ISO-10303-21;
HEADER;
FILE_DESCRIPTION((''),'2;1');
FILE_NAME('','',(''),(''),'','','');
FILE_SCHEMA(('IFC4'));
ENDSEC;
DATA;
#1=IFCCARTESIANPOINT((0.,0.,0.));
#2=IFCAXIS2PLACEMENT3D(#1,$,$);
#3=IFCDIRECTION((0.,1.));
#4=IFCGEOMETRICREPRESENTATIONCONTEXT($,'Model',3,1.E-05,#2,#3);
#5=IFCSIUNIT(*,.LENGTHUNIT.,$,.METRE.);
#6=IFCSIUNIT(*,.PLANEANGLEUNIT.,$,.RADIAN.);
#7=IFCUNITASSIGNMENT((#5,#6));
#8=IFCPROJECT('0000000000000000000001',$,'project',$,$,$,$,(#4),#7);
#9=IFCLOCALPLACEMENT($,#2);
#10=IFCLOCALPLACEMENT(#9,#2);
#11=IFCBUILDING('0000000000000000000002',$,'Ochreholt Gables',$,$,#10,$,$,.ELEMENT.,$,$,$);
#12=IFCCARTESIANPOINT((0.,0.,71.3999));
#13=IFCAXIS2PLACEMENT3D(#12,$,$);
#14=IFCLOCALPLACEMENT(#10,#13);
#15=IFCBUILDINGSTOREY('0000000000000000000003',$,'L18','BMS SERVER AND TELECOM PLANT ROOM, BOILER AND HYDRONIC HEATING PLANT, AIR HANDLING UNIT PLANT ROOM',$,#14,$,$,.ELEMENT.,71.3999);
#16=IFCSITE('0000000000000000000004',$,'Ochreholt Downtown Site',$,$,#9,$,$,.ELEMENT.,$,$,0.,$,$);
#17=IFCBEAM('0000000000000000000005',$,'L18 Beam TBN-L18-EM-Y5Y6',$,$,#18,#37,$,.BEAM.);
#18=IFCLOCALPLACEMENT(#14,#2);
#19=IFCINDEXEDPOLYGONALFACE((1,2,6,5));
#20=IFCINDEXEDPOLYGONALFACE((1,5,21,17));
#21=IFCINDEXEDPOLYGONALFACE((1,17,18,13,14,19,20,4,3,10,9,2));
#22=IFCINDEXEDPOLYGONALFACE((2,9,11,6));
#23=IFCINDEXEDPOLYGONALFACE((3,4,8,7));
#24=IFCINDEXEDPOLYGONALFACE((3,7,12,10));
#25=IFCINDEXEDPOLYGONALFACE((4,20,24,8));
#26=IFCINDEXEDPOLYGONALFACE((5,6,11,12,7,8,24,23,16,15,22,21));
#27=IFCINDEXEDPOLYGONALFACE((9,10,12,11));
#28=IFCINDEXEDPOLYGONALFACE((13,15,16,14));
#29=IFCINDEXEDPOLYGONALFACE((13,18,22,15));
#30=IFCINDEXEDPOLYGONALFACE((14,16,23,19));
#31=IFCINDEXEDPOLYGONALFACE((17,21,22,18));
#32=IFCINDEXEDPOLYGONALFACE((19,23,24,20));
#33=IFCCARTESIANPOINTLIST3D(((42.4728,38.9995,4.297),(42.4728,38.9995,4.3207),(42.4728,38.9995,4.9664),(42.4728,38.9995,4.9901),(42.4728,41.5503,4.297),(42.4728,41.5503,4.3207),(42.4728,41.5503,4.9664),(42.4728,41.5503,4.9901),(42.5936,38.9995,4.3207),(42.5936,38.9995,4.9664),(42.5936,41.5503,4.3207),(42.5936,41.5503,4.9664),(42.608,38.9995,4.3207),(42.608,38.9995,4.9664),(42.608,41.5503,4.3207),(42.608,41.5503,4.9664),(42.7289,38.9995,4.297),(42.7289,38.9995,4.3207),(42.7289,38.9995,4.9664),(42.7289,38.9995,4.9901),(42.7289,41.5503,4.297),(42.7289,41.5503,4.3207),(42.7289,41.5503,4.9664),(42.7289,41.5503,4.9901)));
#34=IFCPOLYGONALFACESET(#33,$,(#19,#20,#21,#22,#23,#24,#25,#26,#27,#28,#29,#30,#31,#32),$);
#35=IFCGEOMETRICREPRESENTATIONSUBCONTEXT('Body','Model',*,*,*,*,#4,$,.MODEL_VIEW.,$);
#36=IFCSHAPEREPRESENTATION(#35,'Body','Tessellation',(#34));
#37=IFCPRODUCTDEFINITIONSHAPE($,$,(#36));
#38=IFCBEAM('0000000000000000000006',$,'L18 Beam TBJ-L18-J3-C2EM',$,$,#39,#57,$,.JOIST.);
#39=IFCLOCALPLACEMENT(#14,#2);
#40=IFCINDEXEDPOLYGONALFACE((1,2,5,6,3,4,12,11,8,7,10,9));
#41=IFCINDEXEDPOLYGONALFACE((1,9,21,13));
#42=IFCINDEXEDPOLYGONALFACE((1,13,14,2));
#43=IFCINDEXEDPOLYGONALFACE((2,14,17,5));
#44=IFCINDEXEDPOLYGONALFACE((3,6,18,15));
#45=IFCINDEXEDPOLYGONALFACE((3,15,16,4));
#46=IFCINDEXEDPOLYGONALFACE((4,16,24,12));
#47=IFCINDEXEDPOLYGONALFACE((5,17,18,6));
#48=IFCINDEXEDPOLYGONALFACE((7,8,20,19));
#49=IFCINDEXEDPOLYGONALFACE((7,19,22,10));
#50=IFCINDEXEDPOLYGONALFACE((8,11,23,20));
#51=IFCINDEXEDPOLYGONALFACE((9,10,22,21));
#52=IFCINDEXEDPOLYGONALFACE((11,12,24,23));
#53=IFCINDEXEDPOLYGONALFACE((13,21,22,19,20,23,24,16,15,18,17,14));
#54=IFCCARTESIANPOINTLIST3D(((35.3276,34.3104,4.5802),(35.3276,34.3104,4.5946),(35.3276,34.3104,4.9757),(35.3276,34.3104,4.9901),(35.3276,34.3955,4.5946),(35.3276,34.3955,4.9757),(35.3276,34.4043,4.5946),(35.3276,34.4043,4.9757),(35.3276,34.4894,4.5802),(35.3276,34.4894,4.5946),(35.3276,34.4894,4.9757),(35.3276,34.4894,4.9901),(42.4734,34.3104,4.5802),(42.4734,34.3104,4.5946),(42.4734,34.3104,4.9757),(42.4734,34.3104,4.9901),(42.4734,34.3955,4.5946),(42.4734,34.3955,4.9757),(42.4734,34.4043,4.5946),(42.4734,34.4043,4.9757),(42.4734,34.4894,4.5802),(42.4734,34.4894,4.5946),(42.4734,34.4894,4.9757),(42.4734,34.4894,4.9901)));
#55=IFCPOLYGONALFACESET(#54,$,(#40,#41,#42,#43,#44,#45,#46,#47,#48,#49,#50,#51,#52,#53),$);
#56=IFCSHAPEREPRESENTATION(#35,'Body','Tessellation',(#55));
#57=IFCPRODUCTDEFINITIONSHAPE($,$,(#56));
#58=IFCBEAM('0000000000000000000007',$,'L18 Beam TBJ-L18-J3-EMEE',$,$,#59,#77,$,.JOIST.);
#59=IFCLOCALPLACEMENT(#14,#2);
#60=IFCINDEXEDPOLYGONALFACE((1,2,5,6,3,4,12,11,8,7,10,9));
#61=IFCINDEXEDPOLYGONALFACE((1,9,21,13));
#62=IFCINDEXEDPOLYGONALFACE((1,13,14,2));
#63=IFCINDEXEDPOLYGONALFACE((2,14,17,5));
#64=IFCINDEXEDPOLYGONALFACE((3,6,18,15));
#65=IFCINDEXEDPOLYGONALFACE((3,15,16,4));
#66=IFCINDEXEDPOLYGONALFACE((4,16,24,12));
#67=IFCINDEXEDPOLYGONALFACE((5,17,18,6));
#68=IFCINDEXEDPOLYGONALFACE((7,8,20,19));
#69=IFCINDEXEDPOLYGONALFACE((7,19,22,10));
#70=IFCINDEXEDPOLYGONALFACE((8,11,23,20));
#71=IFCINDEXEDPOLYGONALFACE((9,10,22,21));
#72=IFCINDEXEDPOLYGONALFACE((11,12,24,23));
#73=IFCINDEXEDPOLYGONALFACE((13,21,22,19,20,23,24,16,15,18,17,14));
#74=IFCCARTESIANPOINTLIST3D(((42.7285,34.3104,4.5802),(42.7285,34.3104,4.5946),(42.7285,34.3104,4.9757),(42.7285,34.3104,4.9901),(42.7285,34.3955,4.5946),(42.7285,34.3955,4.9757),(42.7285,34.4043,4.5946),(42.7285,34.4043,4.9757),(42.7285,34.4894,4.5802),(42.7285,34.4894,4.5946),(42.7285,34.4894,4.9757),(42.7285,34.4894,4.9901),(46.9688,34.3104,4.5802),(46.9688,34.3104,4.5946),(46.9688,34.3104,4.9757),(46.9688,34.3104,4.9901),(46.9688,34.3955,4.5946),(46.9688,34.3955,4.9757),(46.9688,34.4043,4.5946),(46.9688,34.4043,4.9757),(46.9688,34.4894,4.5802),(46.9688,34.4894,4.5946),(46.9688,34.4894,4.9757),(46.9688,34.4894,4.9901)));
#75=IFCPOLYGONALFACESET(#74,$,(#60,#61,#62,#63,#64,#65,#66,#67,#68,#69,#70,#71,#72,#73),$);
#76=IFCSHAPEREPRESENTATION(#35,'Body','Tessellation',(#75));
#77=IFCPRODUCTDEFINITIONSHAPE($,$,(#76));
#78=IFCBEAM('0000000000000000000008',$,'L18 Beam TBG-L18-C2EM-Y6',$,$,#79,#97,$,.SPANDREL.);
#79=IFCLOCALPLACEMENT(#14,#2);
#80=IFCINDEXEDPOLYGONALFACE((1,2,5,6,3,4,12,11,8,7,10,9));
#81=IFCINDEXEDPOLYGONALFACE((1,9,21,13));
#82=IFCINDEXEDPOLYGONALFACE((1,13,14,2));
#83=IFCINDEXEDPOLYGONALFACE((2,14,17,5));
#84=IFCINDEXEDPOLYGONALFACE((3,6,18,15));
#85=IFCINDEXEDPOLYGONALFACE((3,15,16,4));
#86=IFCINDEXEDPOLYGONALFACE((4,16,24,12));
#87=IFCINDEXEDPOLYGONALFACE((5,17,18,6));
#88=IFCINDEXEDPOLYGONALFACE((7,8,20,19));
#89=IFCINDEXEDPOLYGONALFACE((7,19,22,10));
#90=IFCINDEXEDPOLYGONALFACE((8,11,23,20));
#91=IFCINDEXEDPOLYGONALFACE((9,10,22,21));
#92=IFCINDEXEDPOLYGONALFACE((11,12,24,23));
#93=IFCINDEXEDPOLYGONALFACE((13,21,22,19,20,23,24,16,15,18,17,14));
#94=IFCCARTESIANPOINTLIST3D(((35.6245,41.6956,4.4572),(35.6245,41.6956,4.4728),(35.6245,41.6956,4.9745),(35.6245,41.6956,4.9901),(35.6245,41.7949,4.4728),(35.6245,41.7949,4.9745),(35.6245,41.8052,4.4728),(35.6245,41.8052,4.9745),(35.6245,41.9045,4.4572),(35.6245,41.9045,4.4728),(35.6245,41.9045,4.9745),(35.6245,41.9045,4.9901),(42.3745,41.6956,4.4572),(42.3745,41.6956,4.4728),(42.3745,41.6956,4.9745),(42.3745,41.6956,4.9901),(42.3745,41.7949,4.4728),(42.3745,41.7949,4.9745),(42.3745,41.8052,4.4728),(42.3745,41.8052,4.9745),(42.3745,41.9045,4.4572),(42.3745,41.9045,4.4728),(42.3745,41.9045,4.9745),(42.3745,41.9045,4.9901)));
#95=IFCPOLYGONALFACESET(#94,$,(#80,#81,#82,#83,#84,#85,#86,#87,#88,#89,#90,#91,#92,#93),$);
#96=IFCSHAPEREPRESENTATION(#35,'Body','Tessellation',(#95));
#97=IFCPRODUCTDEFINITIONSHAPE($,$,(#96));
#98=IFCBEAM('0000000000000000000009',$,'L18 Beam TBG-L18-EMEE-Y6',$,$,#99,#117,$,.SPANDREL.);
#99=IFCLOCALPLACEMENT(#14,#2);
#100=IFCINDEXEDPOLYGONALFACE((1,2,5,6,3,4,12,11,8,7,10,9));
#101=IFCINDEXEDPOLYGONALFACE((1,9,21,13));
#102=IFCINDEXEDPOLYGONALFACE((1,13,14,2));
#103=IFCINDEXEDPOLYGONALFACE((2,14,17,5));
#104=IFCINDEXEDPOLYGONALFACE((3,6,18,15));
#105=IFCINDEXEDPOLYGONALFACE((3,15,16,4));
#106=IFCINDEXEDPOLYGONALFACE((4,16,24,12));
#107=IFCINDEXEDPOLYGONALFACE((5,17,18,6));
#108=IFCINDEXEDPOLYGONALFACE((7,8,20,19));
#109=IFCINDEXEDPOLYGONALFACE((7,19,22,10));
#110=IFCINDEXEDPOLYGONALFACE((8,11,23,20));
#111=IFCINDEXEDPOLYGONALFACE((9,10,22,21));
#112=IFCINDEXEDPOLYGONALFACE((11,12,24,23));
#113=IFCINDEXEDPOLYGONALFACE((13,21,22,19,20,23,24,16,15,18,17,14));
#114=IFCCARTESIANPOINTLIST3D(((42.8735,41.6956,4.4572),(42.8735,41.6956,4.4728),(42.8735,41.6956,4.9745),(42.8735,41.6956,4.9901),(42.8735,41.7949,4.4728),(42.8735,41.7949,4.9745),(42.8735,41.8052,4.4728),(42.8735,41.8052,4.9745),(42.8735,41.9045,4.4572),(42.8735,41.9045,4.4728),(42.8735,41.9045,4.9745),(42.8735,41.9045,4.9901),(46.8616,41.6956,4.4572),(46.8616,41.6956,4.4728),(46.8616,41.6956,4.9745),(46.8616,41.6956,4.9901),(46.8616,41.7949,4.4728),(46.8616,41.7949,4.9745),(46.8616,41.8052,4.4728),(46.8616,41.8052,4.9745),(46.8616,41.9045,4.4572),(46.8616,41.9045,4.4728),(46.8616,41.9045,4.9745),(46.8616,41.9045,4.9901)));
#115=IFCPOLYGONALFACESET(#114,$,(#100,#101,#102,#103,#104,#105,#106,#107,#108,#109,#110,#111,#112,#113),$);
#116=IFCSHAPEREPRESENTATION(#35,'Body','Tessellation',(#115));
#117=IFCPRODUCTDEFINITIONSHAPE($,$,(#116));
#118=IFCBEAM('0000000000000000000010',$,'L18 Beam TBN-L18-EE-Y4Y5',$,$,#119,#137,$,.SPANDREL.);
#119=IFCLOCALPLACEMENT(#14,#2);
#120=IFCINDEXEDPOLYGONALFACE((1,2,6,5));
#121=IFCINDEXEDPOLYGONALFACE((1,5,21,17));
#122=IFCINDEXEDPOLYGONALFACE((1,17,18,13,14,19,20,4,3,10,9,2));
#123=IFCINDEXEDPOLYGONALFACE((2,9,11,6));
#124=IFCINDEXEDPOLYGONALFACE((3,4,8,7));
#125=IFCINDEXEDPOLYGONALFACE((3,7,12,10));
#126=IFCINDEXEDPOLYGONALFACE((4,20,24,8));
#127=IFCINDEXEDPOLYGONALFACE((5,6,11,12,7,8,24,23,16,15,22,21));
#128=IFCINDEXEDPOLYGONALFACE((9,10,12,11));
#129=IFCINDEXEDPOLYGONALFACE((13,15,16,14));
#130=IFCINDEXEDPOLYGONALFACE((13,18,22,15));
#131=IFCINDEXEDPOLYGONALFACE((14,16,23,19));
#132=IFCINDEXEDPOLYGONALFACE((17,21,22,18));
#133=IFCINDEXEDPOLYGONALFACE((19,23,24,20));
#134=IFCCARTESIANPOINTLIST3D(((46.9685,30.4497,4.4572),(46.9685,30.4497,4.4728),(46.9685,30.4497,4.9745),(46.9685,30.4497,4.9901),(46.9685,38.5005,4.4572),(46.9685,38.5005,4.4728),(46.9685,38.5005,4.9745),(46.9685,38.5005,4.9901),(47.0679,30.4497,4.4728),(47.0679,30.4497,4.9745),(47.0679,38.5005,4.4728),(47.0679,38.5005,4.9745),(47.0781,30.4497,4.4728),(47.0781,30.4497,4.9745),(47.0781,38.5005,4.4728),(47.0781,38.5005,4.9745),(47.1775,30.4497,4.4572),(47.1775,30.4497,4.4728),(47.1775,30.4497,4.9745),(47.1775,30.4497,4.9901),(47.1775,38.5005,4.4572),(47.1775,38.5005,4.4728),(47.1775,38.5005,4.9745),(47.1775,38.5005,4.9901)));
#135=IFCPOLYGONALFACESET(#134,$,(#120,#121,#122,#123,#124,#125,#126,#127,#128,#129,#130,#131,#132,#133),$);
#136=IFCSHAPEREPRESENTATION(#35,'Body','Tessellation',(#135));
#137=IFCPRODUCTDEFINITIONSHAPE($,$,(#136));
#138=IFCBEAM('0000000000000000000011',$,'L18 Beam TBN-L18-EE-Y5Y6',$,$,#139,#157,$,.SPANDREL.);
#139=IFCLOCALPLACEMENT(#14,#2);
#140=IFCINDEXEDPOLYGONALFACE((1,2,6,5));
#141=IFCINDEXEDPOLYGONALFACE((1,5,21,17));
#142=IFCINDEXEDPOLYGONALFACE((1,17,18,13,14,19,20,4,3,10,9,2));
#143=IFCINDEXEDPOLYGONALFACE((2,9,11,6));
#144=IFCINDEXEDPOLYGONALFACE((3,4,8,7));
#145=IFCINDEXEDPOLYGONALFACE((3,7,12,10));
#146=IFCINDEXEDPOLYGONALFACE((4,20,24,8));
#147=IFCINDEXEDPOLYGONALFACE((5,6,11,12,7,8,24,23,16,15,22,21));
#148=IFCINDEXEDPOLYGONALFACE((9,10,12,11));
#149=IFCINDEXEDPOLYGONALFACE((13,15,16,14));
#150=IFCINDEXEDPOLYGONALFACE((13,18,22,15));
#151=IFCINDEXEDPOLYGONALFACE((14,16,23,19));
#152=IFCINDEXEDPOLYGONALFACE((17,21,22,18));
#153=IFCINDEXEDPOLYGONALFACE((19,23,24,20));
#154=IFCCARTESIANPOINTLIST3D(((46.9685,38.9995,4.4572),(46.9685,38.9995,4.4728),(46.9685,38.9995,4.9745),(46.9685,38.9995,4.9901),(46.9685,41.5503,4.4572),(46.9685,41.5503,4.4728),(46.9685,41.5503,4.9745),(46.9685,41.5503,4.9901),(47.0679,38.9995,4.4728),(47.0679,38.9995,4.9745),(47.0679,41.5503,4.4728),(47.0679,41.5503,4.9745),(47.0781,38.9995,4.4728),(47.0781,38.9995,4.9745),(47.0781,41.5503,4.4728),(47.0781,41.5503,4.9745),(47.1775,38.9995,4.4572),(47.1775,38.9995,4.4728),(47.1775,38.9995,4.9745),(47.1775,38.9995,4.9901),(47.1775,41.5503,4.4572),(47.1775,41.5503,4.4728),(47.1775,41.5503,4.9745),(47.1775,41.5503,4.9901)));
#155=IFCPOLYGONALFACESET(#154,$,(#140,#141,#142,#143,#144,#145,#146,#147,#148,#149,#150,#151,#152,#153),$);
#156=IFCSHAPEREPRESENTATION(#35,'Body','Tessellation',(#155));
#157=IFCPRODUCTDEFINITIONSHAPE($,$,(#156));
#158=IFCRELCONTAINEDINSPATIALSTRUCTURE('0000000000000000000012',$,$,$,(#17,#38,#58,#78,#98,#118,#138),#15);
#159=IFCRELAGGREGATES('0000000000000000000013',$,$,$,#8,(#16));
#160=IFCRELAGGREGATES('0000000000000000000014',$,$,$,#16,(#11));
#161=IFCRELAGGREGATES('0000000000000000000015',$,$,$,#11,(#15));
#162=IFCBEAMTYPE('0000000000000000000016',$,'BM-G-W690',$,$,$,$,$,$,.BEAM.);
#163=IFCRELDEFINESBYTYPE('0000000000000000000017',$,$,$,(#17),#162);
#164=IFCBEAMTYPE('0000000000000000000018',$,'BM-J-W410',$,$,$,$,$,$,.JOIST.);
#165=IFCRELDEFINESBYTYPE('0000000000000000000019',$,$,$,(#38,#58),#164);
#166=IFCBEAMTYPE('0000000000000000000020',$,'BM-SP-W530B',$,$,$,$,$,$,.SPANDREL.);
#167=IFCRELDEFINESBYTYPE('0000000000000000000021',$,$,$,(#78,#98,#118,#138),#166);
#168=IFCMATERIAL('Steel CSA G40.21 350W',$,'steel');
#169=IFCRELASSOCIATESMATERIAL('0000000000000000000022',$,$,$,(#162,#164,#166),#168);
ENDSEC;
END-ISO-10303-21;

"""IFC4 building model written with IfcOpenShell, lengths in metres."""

from ifc_helpers import new_model, si_unit, direction, frame, origin, origin_2d, place, context, subcontext, project, spatial, i_section, extrude, material, material_profile, profile_set, type_object, element, save


model = new_model("IFC4")

# Units and contexts
model_context = context("Model", 3, precision=1e-05, world=origin(), true_north=direction((0.0, 1.0)))
body_context = subcontext(model_context, "Body", "Model", "MODEL_VIEW")
ifc_project = project(units=[si_unit("LENGTHUNIT", "METRE"), si_unit("PLANEANGLEUNIT", "RADIAN")], contexts=[model_context])

# Site, building, storey
site_placement = place(None, origin())
site = spatial("IfcSite", under=ifc_project, at=site_placement, Name="Ochreholt Downtown Site", CompositionType="ELEMENT", RefElevation=0.0)
building_placement = place(site_placement, origin())
building = spatial("IfcBuilding", under=site, at=building_placement, Name="Ochreholt Gables", CompositionType="ELEMENT")
storey_placement = place(building_placement, frame((0.0, 0.0, 71.3999)))
storey = spatial("IfcBuildingStorey", under=building, at=storey_placement, Name="L18", Description="BMS SERVER AND TELECOM PLANT ROOM, BOILER AND HYDRONIC HEATING PLANT, AIR HANDLING UNIT PLANT ROOM", CompositionType="ELEMENT", Elevation=71.3999)

# Shared definitions
ifc_material_1 = material(Name="Steel CSA G40.21 350W", Category="steel")

# Beams
ifc_material_profile_1 = material_profile(ifc_material_1, i_section(OverallWidth=0.2561, OverallDepth=0.6931, WebThickness=0.0144, FlangeThickness=0.0237, at=origin_2d()), Name="W690X170")
ifc_profile_set_1 = profile_set([ifc_material_profile_1], Name="Steel CSA G40.21 350W")
beam_type_1 = type_object("IfcBeamType", Name="BM-G-W690", PredefinedType="BEAM", material=ifc_profile_set_1)
beam_1_placement = place(storey_placement, frame((42.6008, 38.9995, 4.6436), z_axis=(0.0, 1.0, 0.0), x_axis=(-1.0, 0.0, 0.0)))
element("IfcBeam", 1, at=beam_1_placement, inside=storey, type_object=beam_type_1, Name="L18 Beam TBN-L18-EM-Y5Y6", PredefinedType="BEAM", context=body_context, shape_type="SweptSolid", body=[
    extrude(i_section(OverallWidth=0.2561, OverallDepth=0.6931, WebThickness=0.0144, FlangeThickness=0.0237, at=origin_2d()), origin(), (0.0, 0.0, 1.0), 2.5508),
])
ifc_material_profile_2 = material_profile(ifc_material_1, i_section(OverallWidth=0.179, OverallDepth=0.4099, WebThickness=0.0088, FlangeThickness=0.0144, at=origin_2d()), Name="W410X67")
ifc_profile_set_2 = profile_set([ifc_material_profile_2], Name="Steel CSA G40.21 350W")
beam_type_2 = type_object("IfcBeamType", Name="BM-J-W410", PredefinedType="JOIST", material=ifc_profile_set_2)
beam_2_placement = place(storey_placement, frame((35.3276, 34.3999, 4.7852), z_axis=(1.0, 0.0, 0.0), x_axis=(0.0, 1.0, 0.0)))
element("IfcBeam", 2, at=beam_2_placement, inside=storey, type_object=beam_type_2, Name="L18 Beam TBJ-L18-J3-C2EM", PredefinedType="JOIST", context=body_context, shape_type="SweptSolid", body=[
    extrude(i_section(OverallWidth=0.179, OverallDepth=0.4099, WebThickness=0.0088, FlangeThickness=0.0144, at=origin_2d()), origin(), (0.0, 0.0, 1.0), 7.1458),
])
beam_3_placement = place(storey_placement, frame((42.7285, 34.3999, 4.7852), z_axis=(1.0, 0.0, 0.0), x_axis=(0.0, 1.0, 0.0)))
element("IfcBeam", 3, at=beam_3_placement, inside=storey, type_object=beam_type_2, Name="L18 Beam TBJ-L18-J3-EMEE", PredefinedType="JOIST", context=body_context, shape_type="SweptSolid", body=[
    extrude(i_section(OverallWidth=0.179, OverallDepth=0.4099, WebThickness=0.0088, FlangeThickness=0.0144, at=origin_2d()), origin(), (0.0, 0.0, 1.0), 4.2402),
])
ifc_material_profile_3 = material_profile(ifc_material_1, i_section(OverallWidth=0.209, OverallDepth=0.533, WebThickness=0.0103, FlangeThickness=0.0156, at=origin_2d()), Name="W530X92")
ifc_profile_set_3 = profile_set([ifc_material_profile_3], Name="Steel CSA G40.21 350W")
beam_type_3 = type_object("IfcBeamType", Name="BM-SP-W530B", PredefinedType="SPANDREL", material=ifc_profile_set_3)
beam_4_placement = place(storey_placement, frame((35.6245, 41.8, 4.7236), z_axis=(1.0, 0.0, 0.0), x_axis=(0.0, 1.0, 0.0)))
element("IfcBeam", 4, at=beam_4_placement, inside=storey, type_object=beam_type_3, Name="L18 Beam TBG-L18-C2EM-Y6", PredefinedType="SPANDREL", context=body_context, shape_type="SweptSolid", body=[
    extrude(i_section(OverallWidth=0.209, OverallDepth=0.533, WebThickness=0.0103, FlangeThickness=0.0156, at=origin_2d()), origin(), (0.0, 0.0, 1.0), 6.75),
])
beam_5_placement = place(storey_placement, frame((42.8735, 41.8, 4.7236), z_axis=(1.0, 0.0, 0.0), x_axis=(0.0, 1.0, 0.0)))
element("IfcBeam", 5, at=beam_5_placement, inside=storey, type_object=beam_type_3, Name="L18 Beam TBG-L18-EMEE-Y6", PredefinedType="SPANDREL", context=body_context, shape_type="SweptSolid", body=[
    extrude(i_section(OverallWidth=0.209, OverallDepth=0.533, WebThickness=0.0103, FlangeThickness=0.0156, at=origin_2d()), origin(), (0.0, 0.0, 1.0), 3.988),
])
beam_6_placement = place(storey_placement, frame((47.073, 30.4497, 4.7236), z_axis=(0.0, 1.0, 0.0), x_axis=(-1.0, 0.0, 0.0)))
element("IfcBeam", 6, at=beam_6_placement, inside=storey, type_object=beam_type_3, Name="L18 Beam TBN-L18-EE-Y4Y5", PredefinedType="SPANDREL", context=body_context, shape_type="SweptSolid", body=[
    extrude(i_section(OverallWidth=0.209, OverallDepth=0.533, WebThickness=0.0103, FlangeThickness=0.0156, at=origin_2d()), origin(), (0.0, 0.0, 1.0), 8.0508),
])
beam_7_placement = place(storey_placement, frame((47.073, 38.9995, 4.7236), z_axis=(0.0, 1.0, 0.0), x_axis=(-1.0, 0.0, 0.0)))
element("IfcBeam", 7, at=beam_7_placement, inside=storey, type_object=beam_type_3, Name="L18 Beam TBN-L18-EE-Y5Y6", PredefinedType="SPANDREL", context=body_context, shape_type="SweptSolid", body=[
    extrude(i_section(OverallWidth=0.209, OverallDepth=0.533, WebThickness=0.0103, FlangeThickness=0.0156, at=origin_2d()), origin(), (0.0, 0.0, 1.0), 2.5508),
])

save(model, "model.ifc")
